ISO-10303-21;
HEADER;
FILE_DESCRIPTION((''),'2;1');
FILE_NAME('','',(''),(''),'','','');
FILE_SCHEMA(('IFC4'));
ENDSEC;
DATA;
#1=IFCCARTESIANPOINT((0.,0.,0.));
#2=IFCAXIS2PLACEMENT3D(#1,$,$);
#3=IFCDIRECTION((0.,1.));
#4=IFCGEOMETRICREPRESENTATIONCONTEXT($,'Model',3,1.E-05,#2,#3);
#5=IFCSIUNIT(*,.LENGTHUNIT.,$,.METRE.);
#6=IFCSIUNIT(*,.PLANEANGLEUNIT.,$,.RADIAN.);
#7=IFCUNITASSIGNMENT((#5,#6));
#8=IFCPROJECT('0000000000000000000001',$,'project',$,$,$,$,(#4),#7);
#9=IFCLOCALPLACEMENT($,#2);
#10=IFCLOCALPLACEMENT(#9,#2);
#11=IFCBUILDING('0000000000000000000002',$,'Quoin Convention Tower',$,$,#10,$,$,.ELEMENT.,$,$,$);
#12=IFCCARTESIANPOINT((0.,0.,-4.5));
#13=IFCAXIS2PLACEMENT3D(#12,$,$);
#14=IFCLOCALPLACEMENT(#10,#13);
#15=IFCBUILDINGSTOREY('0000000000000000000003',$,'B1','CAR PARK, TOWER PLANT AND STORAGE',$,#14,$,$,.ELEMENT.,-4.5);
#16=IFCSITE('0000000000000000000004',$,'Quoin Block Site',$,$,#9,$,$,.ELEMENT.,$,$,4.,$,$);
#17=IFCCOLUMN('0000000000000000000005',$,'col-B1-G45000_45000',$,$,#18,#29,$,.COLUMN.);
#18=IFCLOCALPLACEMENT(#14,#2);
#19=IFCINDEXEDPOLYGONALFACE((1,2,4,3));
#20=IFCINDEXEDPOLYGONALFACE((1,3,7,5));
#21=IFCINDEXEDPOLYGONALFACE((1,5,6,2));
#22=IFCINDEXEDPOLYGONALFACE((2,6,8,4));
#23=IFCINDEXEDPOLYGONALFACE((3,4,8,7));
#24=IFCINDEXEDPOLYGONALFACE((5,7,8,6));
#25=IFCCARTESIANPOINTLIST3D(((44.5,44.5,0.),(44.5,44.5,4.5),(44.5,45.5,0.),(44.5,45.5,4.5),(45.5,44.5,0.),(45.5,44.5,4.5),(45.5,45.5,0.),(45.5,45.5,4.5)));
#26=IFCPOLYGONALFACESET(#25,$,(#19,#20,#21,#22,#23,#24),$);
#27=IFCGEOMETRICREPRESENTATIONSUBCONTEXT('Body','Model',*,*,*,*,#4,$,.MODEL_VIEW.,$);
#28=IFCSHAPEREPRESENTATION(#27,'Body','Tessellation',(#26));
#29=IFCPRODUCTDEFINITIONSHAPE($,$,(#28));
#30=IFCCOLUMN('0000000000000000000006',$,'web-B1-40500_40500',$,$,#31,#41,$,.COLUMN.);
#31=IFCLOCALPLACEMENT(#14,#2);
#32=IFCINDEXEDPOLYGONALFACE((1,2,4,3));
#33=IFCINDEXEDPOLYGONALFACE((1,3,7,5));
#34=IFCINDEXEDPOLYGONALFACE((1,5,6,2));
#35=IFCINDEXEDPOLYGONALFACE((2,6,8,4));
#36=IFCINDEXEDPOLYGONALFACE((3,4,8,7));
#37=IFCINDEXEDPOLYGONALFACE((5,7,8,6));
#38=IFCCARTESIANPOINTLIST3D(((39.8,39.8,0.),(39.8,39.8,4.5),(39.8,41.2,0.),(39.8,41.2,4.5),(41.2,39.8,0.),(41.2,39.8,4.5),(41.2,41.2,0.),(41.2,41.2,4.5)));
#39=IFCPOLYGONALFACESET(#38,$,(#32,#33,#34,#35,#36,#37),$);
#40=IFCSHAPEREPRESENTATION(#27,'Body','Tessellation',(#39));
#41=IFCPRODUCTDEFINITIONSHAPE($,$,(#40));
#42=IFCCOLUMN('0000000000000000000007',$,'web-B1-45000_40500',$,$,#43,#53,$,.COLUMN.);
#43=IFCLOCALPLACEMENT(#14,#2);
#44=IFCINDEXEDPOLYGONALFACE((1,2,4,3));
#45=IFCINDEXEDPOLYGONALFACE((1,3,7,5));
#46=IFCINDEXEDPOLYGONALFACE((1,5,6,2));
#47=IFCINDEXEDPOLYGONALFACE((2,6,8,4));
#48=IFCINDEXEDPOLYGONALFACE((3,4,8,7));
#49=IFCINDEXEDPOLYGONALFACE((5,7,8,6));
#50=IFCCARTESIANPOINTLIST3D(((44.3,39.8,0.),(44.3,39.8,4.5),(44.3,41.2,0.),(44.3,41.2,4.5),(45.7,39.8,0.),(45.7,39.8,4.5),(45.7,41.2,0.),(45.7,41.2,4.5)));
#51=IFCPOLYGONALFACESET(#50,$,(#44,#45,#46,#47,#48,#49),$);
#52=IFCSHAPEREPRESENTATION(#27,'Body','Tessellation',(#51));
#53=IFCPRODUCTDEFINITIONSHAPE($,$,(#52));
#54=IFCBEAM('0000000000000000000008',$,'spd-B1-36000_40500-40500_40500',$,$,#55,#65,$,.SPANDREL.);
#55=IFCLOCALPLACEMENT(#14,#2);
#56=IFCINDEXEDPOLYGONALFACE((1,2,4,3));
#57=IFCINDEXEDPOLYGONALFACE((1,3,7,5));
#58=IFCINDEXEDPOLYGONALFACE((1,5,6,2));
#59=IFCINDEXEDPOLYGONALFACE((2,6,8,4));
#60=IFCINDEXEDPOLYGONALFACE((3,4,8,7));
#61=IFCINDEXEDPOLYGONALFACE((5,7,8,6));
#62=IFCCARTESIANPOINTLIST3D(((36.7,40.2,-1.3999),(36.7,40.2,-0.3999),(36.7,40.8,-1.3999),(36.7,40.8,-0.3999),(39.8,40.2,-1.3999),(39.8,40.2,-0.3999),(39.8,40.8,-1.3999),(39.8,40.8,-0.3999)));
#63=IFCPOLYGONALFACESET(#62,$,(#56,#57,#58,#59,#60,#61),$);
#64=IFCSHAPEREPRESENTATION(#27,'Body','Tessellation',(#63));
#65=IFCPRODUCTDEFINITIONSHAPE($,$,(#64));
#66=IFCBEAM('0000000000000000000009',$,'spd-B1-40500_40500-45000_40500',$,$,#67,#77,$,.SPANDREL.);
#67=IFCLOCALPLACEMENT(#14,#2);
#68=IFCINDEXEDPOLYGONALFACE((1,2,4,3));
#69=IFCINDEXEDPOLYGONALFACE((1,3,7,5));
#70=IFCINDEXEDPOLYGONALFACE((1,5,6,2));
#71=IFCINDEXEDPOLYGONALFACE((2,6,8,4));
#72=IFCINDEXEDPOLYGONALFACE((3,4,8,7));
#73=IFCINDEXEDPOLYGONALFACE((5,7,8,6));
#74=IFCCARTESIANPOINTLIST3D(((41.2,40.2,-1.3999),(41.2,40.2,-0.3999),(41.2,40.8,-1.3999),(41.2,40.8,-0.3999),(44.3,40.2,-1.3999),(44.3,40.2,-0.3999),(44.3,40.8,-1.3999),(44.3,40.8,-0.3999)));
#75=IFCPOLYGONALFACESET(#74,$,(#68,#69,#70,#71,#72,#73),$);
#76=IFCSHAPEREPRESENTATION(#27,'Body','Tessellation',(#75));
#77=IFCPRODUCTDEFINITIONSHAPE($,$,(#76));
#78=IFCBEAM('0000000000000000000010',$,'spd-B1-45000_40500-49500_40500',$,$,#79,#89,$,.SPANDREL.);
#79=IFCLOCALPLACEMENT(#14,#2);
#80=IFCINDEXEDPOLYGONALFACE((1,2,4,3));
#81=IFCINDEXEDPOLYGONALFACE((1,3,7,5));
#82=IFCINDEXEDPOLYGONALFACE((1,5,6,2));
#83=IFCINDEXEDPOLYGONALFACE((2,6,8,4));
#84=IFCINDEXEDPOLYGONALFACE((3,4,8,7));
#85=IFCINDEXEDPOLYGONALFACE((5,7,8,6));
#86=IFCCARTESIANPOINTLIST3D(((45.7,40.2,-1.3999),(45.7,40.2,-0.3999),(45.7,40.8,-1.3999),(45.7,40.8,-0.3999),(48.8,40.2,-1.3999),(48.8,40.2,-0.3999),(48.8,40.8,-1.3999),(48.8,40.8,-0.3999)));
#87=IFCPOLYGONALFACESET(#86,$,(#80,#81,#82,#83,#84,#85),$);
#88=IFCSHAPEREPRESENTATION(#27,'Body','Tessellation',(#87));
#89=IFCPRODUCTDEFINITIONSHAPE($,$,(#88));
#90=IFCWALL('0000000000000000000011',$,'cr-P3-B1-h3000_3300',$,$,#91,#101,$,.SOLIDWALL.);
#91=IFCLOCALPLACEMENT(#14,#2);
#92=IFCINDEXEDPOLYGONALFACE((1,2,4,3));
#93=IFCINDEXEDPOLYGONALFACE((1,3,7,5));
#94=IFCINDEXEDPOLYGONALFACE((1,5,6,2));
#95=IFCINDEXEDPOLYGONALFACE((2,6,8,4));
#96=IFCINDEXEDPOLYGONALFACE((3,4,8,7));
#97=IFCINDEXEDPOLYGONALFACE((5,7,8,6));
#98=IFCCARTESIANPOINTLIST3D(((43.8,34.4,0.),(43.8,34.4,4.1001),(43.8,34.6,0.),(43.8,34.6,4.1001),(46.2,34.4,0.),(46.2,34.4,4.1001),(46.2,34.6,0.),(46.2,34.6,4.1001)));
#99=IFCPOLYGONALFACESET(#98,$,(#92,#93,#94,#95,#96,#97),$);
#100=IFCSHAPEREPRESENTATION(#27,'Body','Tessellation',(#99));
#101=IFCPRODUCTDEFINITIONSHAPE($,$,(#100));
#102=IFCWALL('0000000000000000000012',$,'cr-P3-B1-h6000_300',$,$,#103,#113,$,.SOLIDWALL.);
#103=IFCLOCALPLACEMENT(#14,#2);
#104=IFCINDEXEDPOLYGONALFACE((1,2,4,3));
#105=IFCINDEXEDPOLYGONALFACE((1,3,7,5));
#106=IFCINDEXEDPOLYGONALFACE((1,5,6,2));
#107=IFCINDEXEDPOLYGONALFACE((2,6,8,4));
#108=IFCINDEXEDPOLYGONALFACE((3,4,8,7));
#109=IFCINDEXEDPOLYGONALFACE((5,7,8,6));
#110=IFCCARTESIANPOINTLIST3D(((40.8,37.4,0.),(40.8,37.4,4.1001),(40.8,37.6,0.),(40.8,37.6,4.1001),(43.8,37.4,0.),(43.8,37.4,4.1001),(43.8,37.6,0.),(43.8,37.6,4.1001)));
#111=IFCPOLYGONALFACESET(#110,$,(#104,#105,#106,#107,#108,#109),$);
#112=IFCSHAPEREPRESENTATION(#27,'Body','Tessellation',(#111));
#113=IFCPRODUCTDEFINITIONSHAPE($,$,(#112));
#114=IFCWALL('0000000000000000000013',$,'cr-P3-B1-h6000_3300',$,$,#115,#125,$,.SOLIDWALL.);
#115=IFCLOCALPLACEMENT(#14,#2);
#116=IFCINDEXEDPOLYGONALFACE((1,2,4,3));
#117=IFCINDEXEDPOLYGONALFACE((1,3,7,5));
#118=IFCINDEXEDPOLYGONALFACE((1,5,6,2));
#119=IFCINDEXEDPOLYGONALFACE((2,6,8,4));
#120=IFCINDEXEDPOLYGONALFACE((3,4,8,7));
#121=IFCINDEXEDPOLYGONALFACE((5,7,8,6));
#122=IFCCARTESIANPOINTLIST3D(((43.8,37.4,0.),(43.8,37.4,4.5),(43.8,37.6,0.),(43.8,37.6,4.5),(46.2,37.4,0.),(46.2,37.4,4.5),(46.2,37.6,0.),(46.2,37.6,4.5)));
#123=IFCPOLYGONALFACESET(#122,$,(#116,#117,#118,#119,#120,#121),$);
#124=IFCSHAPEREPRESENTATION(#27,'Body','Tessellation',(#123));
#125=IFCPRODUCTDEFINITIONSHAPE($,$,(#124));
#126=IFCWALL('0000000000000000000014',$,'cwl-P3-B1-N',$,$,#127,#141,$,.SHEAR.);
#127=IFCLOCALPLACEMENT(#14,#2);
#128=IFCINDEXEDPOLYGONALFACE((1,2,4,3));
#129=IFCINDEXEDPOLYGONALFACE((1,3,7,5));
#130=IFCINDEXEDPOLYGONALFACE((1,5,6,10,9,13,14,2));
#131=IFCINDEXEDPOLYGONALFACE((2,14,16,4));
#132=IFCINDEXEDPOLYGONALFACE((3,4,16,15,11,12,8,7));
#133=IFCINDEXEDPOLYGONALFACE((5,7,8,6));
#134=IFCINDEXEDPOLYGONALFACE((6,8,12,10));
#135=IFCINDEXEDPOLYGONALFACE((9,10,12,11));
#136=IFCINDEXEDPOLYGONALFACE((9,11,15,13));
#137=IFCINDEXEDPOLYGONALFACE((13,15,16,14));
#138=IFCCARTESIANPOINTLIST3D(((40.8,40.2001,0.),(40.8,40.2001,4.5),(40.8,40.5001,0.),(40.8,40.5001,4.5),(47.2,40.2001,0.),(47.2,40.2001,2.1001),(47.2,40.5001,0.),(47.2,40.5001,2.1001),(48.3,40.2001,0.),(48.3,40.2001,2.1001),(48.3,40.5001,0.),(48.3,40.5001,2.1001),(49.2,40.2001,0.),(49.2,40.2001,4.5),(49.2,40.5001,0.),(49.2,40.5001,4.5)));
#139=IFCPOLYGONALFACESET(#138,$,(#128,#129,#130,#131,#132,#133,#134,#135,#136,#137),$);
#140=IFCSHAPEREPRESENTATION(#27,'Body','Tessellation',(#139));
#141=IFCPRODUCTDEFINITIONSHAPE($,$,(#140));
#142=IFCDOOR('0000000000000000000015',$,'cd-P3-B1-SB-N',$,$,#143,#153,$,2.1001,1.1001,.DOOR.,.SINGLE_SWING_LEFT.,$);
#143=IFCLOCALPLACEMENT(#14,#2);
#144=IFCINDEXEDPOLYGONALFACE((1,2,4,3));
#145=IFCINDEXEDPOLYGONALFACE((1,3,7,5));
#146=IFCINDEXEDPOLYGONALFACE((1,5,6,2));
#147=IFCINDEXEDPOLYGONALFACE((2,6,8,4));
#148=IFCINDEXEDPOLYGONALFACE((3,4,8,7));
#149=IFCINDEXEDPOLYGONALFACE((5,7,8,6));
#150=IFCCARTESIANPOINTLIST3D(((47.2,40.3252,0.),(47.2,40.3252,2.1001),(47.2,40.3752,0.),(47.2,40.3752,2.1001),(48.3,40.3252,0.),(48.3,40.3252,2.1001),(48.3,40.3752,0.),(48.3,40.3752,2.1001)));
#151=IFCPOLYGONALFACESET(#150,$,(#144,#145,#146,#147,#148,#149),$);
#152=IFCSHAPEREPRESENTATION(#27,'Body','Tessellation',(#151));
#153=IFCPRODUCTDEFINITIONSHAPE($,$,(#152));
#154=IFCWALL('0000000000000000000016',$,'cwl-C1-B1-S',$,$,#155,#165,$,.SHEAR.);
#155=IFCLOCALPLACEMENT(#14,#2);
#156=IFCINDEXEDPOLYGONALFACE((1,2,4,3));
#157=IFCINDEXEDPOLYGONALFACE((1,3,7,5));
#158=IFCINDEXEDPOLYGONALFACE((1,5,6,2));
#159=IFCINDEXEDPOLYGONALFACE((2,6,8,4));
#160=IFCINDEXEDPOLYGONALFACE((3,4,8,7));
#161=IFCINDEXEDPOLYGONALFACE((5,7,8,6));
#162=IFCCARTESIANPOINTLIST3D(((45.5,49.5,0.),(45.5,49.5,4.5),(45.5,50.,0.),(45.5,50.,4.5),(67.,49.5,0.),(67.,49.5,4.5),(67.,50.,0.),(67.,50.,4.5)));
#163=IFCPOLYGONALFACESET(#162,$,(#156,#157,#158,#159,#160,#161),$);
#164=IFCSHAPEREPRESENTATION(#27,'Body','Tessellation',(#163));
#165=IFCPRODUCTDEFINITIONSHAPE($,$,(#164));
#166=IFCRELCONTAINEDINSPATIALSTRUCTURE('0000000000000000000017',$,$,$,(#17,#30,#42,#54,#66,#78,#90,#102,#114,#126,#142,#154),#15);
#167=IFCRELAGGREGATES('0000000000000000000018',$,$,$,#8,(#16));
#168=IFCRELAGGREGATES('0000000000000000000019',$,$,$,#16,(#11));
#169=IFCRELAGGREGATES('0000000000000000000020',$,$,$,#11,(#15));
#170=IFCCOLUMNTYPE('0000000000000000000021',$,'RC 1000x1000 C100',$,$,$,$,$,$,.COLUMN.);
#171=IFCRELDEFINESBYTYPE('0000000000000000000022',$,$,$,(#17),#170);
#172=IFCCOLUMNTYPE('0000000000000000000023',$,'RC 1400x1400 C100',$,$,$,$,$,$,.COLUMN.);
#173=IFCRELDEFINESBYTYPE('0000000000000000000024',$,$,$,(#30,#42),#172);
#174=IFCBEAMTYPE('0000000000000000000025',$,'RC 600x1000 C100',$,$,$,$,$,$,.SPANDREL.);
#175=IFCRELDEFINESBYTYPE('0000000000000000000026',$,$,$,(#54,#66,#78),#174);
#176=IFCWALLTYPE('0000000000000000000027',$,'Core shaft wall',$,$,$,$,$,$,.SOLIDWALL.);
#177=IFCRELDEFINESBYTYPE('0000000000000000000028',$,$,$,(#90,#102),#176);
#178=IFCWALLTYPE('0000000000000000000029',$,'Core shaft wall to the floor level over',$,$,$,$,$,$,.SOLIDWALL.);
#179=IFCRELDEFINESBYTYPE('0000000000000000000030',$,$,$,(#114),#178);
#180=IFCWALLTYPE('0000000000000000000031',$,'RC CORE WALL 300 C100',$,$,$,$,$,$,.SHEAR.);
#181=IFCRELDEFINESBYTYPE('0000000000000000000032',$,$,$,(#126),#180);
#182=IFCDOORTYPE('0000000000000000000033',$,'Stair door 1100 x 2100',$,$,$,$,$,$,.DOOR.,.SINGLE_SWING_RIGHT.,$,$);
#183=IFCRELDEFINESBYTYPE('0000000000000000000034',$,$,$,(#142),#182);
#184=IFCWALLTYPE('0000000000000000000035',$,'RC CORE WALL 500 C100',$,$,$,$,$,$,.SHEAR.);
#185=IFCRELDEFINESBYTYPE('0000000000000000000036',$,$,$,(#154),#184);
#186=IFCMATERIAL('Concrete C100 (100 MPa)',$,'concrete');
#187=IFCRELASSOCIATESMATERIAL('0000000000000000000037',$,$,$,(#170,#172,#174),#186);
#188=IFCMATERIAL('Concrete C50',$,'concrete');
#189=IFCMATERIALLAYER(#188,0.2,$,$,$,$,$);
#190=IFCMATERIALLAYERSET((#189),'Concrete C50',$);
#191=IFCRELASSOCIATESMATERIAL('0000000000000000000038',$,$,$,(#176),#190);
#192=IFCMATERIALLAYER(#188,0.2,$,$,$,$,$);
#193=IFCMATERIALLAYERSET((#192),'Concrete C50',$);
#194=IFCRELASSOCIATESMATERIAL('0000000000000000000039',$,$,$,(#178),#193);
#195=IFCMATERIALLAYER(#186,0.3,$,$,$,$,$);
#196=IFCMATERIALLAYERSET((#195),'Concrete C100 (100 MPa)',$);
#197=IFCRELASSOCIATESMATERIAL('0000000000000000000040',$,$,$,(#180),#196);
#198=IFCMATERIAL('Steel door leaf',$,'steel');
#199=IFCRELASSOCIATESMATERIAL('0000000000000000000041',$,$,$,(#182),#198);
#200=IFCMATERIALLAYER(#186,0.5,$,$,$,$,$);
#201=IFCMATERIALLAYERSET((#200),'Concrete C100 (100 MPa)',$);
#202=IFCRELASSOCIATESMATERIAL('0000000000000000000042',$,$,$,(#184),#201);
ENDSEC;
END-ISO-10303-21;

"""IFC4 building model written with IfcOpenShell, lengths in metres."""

from ifc_helpers import new_model, si_unit, direction, frame, frame_2d, origin, origin_2d, place, context, subcontext, project, spatial, rectangle, extrude, material, layer, layer_set, material_profile, profile_set, type_object, element, fill, save


model = new_model("IFC4")

# Units and contexts
model_context = context("Model", 3, precision=1e-05, world=origin(), true_north=direction((0.0, 1.0)))
body_context = subcontext(model_context, "Body", "Model", "MODEL_VIEW")
ifc_project = project(units=[si_unit("LENGTHUNIT", "METRE"), si_unit("PLANEANGLEUNIT", "RADIAN")], contexts=[model_context])

# Site, building, storey
site_placement = place(None, origin())
site = spatial("IfcSite", under=ifc_project, at=site_placement, Name="Quoin Block Site", CompositionType="ELEMENT", RefElevation=4.0)
building_placement = place(site_placement, origin())
building = spatial("IfcBuilding", under=site, at=building_placement, Name="Quoin Convention Tower", CompositionType="ELEMENT")
storey_placement = place(building_placement, frame((0.0, 0.0, -4.5)))
storey = spatial("IfcBuildingStorey", under=building, at=storey_placement, Name="B1", Description="CAR PARK, TOWER PLANT AND STORAGE", CompositionType="ELEMENT", Elevation=-4.5)

# Columns
ifc_material_1 = material(Name="Concrete C100 (100 MPa)", Category="concrete")
ifc_material_profile_1 = material_profile(ifc_material_1, rectangle(XDim=1.0, YDim=1.0, at=origin_2d()), Name="RC 1000x1000")
ifc_profile_set_1 = profile_set([ifc_material_profile_1], Name="Concrete C100 (100 MPa)")
column_type_1 = type_object("IfcColumnType", Name="RC 1000x1000 C100", PredefinedType="COLUMN", material=ifc_profile_set_1)
column_placement = place(storey_placement, frame((45.0, 45.0, 0.0), z_axis=(0.0, 0.0, 1.0), x_axis=(1.0, 0.0, 0.0)))
element("IfcColumn", 1, at=column_placement, inside=storey, type_object=column_type_1, Name="col-B1-G45000_45000", PredefinedType="COLUMN", context=body_context, shape_type="SweptSolid", body=[
    extrude(rectangle(XDim=1.0, YDim=1.0, at=origin_2d()), origin(), (0.0, 0.0, 1.0), 4.5),
])
ifc_material_profile_2 = material_profile(ifc_material_1, rectangle(XDim=1.3999, YDim=1.3999, at=origin_2d()), Name="RC 1400x1400")
ifc_profile_set_2 = profile_set([ifc_material_profile_2], Name="Concrete C100 (100 MPa)")
column_type_2 = type_object("IfcColumnType", Name="RC 1400x1400 C100", PredefinedType="COLUMN", material=ifc_profile_set_2)
for number, where, z_axis, x_axis, name in (
    (2, (40.5, 40.5, 0.0), (0.0, 0.0, 1.0), (1.0, 0.0, 0.0), "web-B1-40500_40500"),
    (3, (45.0, 40.5, 0.0), (0.0, 0.0, 1.0), (1.0, 0.0, 0.0), "web-B1-45000_40500"),
):
    element("IfcColumn", number, at=place(storey_placement, frame(where, z_axis=z_axis, x_axis=x_axis)), inside=storey, type_object=column_type_2, Name=name, PredefinedType="COLUMN", context=body_context, shape_type="SweptSolid", body=[
        extrude(rectangle(XDim=1.3999, YDim=1.3999, at=origin_2d()), origin(), (0.0, 0.0, 1.0), 4.5),
    ])

# Beams
ifc_material_profile_3 = material_profile(ifc_material_1, rectangle(XDim=0.6001, YDim=1.0, at=origin_2d()), Name="RC 600x1000")
ifc_profile_set_3 = profile_set([ifc_material_profile_3], Name="Concrete C100 (100 MPa)")
beam_type = type_object("IfcBeamType", Name="RC 600x1000 C100", PredefinedType="SPANDREL", material=ifc_profile_set_3)
for number, where, z_axis, x_axis, name in (
    (4, (36.7, 40.5, -0.8999), (1.0, 0.0, 0.0), (0.0, 1.0, 0.0), "spd-B1-36000_40500-40500_40500"),
    (5, (41.2, 40.5, -0.8999), (1.0, 0.0, 0.0), (0.0, 1.0, 0.0), "spd-B1-40500_40500-45000_40500"),
    (6, (45.7, 40.5, -0.8999), (1.0, 0.0, 0.0), (0.0, 1.0, 0.0), "spd-B1-45000_40500-49500_40500"),
):
    element("IfcBeam", number, at=place(storey_placement, frame(where, z_axis=z_axis, x_axis=x_axis)), inside=storey, type_object=beam_type, Name=name, PredefinedType="SPANDREL", context=body_context, shape_type="SweptSolid", body=[
        extrude(rectangle(XDim=0.6001, YDim=1.0, at=origin_2d()), origin(), (0.0, 0.0, 1.0), 3.1001),
    ])

# Walls
ifc_material_2 = material(Name="Concrete C50", Category="concrete")
ifc_layer_1 = layer(ifc_material_2, 0.2)
ifc_layer_set_1 = layer_set([ifc_layer_1], Name="Concrete C50")
wall_type_1 = type_object("IfcWallType", Name="Core shaft wall", PredefinedType="SOLIDWALL", material=ifc_layer_set_1)
wall_1_placement = place(storey_placement, frame((43.8, 34.5, 0.0), z_axis=(0.0, 0.0, 1.0), x_axis=(1.0, 0.0, 0.0)))
element("IfcWall", 7, at=wall_1_placement, inside=storey, type_object=wall_type_1, Name="cr-P3-B1-h3000_3300", PredefinedType="SOLIDWALL", context=body_context, shape_type="SweptSolid", body=[
    extrude(rectangle(XDim=2.3999, YDim=0.2, at=frame_2d((1.2, 0.0))), origin(), (0.0, 0.0, 1.0), 4.1001),
])
wall_2_placement = place(storey_placement, frame((40.8, 37.5, 0.0), z_axis=(0.0, 0.0, 1.0), x_axis=(1.0, 0.0, 0.0)))
element("IfcWall", 8, at=wall_2_placement, inside=storey, type_object=wall_type_1, Name="cr-P3-B1-h6000_300", PredefinedType="SOLIDWALL", context=body_context, shape_type="SweptSolid", body=[
    extrude(rectangle(XDim=3.0, YDim=0.2, at=frame_2d((1.5, 0.0))), origin(), (0.0, 0.0, 1.0), 4.1001),
])
ifc_layer_2 = layer(ifc_material_2, 0.2)
ifc_layer_set_2 = layer_set([ifc_layer_2], Name="Concrete C50")
wall_type_2 = type_object("IfcWallType", Name="Core shaft wall to the floor level over", PredefinedType="SOLIDWALL", material=ifc_layer_set_2)
wall_3_placement = place(storey_placement, frame((43.8, 37.5, 0.0), z_axis=(0.0, 0.0, 1.0), x_axis=(1.0, 0.0, 0.0)))
element("IfcWall", 9, at=wall_3_placement, inside=storey, type_object=wall_type_2, Name="cr-P3-B1-h6000_3300", PredefinedType="SOLIDWALL", context=body_context, shape_type="SweptSolid", body=[
    extrude(rectangle(XDim=2.3999, YDim=0.2, at=frame_2d((1.2, 0.0))), origin(), (0.0, 0.0, 1.0), 4.5),
])

# Wall, opening, door
ifc_layer_3 = layer(ifc_material_1, 0.3)
ifc_layer_set_3 = layer_set([ifc_layer_3], Name="Concrete C100 (100 MPa)")
wall_type_3 = type_object("IfcWallType", Name="RC CORE WALL 300 C100", PredefinedType="SHEAR", material=ifc_layer_set_3)
wall_4_placement = place(storey_placement, frame((40.8, 40.3501, 0.0), z_axis=(0.0, 0.0, 1.0), x_axis=(1.0, 0.0, 0.0)))
wall_4 = element("IfcWall", 10, at=wall_4_placement, inside=storey, type_object=wall_type_3, Name="cwl-P3-B1-N", PredefinedType="SHEAR", context=body_context, shape_type="SweptSolid", body=[
    extrude(rectangle(XDim=8.3999, YDim=0.3, at=frame_2d((4.2, 0.0))), origin(), (0.0, 0.0, 1.0), 4.5),
])
opening_1_placement = place(wall_4_placement, frame((6.3999, 0.0, 0.0)))
opening_1 = element("IfcOpeningElement", 11, at=opening_1_placement, cuts=wall_4, PredefinedType="OPENING", context=body_context, shape_type="SweptSolid", body=[
    extrude(rectangle(XDim=1.1001, YDim=2.1001, at=frame_2d((0.55, 1.05))), frame((0.0, 0.1599, 0.0), z_axis=(0.0, -1.0, 0.0), x_axis=(1.0, 0.0, 0.0)), (0.0, 0.0, 1.0), 0.3201),
])
ifc_material_3 = material(Name="Steel door leaf", Category="steel")
door_type_1 = type_object("IfcDoorType", Name="Stair door 1100 x 2100", OperationType="SINGLE_SWING_RIGHT", PredefinedType="DOOR", material=ifc_material_3)
door_1_placement = place(opening_1_placement, frame((1.1001, 0.0, 0.0), z_axis=(0.0, 0.0, 1.0), x_axis=(-1.0, 0.0, 0.0)))
door_1 = element("IfcDoor", 12, at=door_1_placement, inside=storey, type_object=door_type_1, Name="cd-P3-B1-SB-N", OperationType="SINGLE_SWING_LEFT", OverallHeight=2.1001, OverallWidth=1.1001, PredefinedType="DOOR", context=body_context, shape_type="SweptSolid", body=[
    extrude(rectangle(XDim=1.1001, YDim=2.1001, at=frame_2d((0.55, 1.05))), frame((0.0, 0.0249, 0.0), z_axis=(0.0, -1.0, 0.0), x_axis=(1.0, 0.0, 0.0)), (0.0, 0.0, 1.0), 0.05),
])
fill(opening_1, door_1)

# Wall
ifc_layer_4 = layer(ifc_material_1, 0.5)
ifc_layer_set_4 = layer_set([ifc_layer_4], Name="Concrete C100 (100 MPa)")
wall_type_4 = type_object("IfcWallType", Name="RC CORE WALL 500 C100", PredefinedType="SHEAR", material=ifc_layer_set_4)
wall_5_placement = place(storey_placement, frame((45.5, 49.75, 0.0), z_axis=(0.0, 0.0, 1.0), x_axis=(1.0, 0.0, 0.0)))
element("IfcWall", 13, at=wall_5_placement, inside=storey, type_object=wall_type_4, Name="cwl-C1-B1-S", PredefinedType="SHEAR", context=body_context, shape_type="SweptSolid", body=[
    extrude(rectangle(XDim=21.5, YDim=0.5, at=frame_2d((10.75, 0.0))), origin(), (0.0, 0.0, 1.0), 4.5),
])

save(model, "model.ifc")
